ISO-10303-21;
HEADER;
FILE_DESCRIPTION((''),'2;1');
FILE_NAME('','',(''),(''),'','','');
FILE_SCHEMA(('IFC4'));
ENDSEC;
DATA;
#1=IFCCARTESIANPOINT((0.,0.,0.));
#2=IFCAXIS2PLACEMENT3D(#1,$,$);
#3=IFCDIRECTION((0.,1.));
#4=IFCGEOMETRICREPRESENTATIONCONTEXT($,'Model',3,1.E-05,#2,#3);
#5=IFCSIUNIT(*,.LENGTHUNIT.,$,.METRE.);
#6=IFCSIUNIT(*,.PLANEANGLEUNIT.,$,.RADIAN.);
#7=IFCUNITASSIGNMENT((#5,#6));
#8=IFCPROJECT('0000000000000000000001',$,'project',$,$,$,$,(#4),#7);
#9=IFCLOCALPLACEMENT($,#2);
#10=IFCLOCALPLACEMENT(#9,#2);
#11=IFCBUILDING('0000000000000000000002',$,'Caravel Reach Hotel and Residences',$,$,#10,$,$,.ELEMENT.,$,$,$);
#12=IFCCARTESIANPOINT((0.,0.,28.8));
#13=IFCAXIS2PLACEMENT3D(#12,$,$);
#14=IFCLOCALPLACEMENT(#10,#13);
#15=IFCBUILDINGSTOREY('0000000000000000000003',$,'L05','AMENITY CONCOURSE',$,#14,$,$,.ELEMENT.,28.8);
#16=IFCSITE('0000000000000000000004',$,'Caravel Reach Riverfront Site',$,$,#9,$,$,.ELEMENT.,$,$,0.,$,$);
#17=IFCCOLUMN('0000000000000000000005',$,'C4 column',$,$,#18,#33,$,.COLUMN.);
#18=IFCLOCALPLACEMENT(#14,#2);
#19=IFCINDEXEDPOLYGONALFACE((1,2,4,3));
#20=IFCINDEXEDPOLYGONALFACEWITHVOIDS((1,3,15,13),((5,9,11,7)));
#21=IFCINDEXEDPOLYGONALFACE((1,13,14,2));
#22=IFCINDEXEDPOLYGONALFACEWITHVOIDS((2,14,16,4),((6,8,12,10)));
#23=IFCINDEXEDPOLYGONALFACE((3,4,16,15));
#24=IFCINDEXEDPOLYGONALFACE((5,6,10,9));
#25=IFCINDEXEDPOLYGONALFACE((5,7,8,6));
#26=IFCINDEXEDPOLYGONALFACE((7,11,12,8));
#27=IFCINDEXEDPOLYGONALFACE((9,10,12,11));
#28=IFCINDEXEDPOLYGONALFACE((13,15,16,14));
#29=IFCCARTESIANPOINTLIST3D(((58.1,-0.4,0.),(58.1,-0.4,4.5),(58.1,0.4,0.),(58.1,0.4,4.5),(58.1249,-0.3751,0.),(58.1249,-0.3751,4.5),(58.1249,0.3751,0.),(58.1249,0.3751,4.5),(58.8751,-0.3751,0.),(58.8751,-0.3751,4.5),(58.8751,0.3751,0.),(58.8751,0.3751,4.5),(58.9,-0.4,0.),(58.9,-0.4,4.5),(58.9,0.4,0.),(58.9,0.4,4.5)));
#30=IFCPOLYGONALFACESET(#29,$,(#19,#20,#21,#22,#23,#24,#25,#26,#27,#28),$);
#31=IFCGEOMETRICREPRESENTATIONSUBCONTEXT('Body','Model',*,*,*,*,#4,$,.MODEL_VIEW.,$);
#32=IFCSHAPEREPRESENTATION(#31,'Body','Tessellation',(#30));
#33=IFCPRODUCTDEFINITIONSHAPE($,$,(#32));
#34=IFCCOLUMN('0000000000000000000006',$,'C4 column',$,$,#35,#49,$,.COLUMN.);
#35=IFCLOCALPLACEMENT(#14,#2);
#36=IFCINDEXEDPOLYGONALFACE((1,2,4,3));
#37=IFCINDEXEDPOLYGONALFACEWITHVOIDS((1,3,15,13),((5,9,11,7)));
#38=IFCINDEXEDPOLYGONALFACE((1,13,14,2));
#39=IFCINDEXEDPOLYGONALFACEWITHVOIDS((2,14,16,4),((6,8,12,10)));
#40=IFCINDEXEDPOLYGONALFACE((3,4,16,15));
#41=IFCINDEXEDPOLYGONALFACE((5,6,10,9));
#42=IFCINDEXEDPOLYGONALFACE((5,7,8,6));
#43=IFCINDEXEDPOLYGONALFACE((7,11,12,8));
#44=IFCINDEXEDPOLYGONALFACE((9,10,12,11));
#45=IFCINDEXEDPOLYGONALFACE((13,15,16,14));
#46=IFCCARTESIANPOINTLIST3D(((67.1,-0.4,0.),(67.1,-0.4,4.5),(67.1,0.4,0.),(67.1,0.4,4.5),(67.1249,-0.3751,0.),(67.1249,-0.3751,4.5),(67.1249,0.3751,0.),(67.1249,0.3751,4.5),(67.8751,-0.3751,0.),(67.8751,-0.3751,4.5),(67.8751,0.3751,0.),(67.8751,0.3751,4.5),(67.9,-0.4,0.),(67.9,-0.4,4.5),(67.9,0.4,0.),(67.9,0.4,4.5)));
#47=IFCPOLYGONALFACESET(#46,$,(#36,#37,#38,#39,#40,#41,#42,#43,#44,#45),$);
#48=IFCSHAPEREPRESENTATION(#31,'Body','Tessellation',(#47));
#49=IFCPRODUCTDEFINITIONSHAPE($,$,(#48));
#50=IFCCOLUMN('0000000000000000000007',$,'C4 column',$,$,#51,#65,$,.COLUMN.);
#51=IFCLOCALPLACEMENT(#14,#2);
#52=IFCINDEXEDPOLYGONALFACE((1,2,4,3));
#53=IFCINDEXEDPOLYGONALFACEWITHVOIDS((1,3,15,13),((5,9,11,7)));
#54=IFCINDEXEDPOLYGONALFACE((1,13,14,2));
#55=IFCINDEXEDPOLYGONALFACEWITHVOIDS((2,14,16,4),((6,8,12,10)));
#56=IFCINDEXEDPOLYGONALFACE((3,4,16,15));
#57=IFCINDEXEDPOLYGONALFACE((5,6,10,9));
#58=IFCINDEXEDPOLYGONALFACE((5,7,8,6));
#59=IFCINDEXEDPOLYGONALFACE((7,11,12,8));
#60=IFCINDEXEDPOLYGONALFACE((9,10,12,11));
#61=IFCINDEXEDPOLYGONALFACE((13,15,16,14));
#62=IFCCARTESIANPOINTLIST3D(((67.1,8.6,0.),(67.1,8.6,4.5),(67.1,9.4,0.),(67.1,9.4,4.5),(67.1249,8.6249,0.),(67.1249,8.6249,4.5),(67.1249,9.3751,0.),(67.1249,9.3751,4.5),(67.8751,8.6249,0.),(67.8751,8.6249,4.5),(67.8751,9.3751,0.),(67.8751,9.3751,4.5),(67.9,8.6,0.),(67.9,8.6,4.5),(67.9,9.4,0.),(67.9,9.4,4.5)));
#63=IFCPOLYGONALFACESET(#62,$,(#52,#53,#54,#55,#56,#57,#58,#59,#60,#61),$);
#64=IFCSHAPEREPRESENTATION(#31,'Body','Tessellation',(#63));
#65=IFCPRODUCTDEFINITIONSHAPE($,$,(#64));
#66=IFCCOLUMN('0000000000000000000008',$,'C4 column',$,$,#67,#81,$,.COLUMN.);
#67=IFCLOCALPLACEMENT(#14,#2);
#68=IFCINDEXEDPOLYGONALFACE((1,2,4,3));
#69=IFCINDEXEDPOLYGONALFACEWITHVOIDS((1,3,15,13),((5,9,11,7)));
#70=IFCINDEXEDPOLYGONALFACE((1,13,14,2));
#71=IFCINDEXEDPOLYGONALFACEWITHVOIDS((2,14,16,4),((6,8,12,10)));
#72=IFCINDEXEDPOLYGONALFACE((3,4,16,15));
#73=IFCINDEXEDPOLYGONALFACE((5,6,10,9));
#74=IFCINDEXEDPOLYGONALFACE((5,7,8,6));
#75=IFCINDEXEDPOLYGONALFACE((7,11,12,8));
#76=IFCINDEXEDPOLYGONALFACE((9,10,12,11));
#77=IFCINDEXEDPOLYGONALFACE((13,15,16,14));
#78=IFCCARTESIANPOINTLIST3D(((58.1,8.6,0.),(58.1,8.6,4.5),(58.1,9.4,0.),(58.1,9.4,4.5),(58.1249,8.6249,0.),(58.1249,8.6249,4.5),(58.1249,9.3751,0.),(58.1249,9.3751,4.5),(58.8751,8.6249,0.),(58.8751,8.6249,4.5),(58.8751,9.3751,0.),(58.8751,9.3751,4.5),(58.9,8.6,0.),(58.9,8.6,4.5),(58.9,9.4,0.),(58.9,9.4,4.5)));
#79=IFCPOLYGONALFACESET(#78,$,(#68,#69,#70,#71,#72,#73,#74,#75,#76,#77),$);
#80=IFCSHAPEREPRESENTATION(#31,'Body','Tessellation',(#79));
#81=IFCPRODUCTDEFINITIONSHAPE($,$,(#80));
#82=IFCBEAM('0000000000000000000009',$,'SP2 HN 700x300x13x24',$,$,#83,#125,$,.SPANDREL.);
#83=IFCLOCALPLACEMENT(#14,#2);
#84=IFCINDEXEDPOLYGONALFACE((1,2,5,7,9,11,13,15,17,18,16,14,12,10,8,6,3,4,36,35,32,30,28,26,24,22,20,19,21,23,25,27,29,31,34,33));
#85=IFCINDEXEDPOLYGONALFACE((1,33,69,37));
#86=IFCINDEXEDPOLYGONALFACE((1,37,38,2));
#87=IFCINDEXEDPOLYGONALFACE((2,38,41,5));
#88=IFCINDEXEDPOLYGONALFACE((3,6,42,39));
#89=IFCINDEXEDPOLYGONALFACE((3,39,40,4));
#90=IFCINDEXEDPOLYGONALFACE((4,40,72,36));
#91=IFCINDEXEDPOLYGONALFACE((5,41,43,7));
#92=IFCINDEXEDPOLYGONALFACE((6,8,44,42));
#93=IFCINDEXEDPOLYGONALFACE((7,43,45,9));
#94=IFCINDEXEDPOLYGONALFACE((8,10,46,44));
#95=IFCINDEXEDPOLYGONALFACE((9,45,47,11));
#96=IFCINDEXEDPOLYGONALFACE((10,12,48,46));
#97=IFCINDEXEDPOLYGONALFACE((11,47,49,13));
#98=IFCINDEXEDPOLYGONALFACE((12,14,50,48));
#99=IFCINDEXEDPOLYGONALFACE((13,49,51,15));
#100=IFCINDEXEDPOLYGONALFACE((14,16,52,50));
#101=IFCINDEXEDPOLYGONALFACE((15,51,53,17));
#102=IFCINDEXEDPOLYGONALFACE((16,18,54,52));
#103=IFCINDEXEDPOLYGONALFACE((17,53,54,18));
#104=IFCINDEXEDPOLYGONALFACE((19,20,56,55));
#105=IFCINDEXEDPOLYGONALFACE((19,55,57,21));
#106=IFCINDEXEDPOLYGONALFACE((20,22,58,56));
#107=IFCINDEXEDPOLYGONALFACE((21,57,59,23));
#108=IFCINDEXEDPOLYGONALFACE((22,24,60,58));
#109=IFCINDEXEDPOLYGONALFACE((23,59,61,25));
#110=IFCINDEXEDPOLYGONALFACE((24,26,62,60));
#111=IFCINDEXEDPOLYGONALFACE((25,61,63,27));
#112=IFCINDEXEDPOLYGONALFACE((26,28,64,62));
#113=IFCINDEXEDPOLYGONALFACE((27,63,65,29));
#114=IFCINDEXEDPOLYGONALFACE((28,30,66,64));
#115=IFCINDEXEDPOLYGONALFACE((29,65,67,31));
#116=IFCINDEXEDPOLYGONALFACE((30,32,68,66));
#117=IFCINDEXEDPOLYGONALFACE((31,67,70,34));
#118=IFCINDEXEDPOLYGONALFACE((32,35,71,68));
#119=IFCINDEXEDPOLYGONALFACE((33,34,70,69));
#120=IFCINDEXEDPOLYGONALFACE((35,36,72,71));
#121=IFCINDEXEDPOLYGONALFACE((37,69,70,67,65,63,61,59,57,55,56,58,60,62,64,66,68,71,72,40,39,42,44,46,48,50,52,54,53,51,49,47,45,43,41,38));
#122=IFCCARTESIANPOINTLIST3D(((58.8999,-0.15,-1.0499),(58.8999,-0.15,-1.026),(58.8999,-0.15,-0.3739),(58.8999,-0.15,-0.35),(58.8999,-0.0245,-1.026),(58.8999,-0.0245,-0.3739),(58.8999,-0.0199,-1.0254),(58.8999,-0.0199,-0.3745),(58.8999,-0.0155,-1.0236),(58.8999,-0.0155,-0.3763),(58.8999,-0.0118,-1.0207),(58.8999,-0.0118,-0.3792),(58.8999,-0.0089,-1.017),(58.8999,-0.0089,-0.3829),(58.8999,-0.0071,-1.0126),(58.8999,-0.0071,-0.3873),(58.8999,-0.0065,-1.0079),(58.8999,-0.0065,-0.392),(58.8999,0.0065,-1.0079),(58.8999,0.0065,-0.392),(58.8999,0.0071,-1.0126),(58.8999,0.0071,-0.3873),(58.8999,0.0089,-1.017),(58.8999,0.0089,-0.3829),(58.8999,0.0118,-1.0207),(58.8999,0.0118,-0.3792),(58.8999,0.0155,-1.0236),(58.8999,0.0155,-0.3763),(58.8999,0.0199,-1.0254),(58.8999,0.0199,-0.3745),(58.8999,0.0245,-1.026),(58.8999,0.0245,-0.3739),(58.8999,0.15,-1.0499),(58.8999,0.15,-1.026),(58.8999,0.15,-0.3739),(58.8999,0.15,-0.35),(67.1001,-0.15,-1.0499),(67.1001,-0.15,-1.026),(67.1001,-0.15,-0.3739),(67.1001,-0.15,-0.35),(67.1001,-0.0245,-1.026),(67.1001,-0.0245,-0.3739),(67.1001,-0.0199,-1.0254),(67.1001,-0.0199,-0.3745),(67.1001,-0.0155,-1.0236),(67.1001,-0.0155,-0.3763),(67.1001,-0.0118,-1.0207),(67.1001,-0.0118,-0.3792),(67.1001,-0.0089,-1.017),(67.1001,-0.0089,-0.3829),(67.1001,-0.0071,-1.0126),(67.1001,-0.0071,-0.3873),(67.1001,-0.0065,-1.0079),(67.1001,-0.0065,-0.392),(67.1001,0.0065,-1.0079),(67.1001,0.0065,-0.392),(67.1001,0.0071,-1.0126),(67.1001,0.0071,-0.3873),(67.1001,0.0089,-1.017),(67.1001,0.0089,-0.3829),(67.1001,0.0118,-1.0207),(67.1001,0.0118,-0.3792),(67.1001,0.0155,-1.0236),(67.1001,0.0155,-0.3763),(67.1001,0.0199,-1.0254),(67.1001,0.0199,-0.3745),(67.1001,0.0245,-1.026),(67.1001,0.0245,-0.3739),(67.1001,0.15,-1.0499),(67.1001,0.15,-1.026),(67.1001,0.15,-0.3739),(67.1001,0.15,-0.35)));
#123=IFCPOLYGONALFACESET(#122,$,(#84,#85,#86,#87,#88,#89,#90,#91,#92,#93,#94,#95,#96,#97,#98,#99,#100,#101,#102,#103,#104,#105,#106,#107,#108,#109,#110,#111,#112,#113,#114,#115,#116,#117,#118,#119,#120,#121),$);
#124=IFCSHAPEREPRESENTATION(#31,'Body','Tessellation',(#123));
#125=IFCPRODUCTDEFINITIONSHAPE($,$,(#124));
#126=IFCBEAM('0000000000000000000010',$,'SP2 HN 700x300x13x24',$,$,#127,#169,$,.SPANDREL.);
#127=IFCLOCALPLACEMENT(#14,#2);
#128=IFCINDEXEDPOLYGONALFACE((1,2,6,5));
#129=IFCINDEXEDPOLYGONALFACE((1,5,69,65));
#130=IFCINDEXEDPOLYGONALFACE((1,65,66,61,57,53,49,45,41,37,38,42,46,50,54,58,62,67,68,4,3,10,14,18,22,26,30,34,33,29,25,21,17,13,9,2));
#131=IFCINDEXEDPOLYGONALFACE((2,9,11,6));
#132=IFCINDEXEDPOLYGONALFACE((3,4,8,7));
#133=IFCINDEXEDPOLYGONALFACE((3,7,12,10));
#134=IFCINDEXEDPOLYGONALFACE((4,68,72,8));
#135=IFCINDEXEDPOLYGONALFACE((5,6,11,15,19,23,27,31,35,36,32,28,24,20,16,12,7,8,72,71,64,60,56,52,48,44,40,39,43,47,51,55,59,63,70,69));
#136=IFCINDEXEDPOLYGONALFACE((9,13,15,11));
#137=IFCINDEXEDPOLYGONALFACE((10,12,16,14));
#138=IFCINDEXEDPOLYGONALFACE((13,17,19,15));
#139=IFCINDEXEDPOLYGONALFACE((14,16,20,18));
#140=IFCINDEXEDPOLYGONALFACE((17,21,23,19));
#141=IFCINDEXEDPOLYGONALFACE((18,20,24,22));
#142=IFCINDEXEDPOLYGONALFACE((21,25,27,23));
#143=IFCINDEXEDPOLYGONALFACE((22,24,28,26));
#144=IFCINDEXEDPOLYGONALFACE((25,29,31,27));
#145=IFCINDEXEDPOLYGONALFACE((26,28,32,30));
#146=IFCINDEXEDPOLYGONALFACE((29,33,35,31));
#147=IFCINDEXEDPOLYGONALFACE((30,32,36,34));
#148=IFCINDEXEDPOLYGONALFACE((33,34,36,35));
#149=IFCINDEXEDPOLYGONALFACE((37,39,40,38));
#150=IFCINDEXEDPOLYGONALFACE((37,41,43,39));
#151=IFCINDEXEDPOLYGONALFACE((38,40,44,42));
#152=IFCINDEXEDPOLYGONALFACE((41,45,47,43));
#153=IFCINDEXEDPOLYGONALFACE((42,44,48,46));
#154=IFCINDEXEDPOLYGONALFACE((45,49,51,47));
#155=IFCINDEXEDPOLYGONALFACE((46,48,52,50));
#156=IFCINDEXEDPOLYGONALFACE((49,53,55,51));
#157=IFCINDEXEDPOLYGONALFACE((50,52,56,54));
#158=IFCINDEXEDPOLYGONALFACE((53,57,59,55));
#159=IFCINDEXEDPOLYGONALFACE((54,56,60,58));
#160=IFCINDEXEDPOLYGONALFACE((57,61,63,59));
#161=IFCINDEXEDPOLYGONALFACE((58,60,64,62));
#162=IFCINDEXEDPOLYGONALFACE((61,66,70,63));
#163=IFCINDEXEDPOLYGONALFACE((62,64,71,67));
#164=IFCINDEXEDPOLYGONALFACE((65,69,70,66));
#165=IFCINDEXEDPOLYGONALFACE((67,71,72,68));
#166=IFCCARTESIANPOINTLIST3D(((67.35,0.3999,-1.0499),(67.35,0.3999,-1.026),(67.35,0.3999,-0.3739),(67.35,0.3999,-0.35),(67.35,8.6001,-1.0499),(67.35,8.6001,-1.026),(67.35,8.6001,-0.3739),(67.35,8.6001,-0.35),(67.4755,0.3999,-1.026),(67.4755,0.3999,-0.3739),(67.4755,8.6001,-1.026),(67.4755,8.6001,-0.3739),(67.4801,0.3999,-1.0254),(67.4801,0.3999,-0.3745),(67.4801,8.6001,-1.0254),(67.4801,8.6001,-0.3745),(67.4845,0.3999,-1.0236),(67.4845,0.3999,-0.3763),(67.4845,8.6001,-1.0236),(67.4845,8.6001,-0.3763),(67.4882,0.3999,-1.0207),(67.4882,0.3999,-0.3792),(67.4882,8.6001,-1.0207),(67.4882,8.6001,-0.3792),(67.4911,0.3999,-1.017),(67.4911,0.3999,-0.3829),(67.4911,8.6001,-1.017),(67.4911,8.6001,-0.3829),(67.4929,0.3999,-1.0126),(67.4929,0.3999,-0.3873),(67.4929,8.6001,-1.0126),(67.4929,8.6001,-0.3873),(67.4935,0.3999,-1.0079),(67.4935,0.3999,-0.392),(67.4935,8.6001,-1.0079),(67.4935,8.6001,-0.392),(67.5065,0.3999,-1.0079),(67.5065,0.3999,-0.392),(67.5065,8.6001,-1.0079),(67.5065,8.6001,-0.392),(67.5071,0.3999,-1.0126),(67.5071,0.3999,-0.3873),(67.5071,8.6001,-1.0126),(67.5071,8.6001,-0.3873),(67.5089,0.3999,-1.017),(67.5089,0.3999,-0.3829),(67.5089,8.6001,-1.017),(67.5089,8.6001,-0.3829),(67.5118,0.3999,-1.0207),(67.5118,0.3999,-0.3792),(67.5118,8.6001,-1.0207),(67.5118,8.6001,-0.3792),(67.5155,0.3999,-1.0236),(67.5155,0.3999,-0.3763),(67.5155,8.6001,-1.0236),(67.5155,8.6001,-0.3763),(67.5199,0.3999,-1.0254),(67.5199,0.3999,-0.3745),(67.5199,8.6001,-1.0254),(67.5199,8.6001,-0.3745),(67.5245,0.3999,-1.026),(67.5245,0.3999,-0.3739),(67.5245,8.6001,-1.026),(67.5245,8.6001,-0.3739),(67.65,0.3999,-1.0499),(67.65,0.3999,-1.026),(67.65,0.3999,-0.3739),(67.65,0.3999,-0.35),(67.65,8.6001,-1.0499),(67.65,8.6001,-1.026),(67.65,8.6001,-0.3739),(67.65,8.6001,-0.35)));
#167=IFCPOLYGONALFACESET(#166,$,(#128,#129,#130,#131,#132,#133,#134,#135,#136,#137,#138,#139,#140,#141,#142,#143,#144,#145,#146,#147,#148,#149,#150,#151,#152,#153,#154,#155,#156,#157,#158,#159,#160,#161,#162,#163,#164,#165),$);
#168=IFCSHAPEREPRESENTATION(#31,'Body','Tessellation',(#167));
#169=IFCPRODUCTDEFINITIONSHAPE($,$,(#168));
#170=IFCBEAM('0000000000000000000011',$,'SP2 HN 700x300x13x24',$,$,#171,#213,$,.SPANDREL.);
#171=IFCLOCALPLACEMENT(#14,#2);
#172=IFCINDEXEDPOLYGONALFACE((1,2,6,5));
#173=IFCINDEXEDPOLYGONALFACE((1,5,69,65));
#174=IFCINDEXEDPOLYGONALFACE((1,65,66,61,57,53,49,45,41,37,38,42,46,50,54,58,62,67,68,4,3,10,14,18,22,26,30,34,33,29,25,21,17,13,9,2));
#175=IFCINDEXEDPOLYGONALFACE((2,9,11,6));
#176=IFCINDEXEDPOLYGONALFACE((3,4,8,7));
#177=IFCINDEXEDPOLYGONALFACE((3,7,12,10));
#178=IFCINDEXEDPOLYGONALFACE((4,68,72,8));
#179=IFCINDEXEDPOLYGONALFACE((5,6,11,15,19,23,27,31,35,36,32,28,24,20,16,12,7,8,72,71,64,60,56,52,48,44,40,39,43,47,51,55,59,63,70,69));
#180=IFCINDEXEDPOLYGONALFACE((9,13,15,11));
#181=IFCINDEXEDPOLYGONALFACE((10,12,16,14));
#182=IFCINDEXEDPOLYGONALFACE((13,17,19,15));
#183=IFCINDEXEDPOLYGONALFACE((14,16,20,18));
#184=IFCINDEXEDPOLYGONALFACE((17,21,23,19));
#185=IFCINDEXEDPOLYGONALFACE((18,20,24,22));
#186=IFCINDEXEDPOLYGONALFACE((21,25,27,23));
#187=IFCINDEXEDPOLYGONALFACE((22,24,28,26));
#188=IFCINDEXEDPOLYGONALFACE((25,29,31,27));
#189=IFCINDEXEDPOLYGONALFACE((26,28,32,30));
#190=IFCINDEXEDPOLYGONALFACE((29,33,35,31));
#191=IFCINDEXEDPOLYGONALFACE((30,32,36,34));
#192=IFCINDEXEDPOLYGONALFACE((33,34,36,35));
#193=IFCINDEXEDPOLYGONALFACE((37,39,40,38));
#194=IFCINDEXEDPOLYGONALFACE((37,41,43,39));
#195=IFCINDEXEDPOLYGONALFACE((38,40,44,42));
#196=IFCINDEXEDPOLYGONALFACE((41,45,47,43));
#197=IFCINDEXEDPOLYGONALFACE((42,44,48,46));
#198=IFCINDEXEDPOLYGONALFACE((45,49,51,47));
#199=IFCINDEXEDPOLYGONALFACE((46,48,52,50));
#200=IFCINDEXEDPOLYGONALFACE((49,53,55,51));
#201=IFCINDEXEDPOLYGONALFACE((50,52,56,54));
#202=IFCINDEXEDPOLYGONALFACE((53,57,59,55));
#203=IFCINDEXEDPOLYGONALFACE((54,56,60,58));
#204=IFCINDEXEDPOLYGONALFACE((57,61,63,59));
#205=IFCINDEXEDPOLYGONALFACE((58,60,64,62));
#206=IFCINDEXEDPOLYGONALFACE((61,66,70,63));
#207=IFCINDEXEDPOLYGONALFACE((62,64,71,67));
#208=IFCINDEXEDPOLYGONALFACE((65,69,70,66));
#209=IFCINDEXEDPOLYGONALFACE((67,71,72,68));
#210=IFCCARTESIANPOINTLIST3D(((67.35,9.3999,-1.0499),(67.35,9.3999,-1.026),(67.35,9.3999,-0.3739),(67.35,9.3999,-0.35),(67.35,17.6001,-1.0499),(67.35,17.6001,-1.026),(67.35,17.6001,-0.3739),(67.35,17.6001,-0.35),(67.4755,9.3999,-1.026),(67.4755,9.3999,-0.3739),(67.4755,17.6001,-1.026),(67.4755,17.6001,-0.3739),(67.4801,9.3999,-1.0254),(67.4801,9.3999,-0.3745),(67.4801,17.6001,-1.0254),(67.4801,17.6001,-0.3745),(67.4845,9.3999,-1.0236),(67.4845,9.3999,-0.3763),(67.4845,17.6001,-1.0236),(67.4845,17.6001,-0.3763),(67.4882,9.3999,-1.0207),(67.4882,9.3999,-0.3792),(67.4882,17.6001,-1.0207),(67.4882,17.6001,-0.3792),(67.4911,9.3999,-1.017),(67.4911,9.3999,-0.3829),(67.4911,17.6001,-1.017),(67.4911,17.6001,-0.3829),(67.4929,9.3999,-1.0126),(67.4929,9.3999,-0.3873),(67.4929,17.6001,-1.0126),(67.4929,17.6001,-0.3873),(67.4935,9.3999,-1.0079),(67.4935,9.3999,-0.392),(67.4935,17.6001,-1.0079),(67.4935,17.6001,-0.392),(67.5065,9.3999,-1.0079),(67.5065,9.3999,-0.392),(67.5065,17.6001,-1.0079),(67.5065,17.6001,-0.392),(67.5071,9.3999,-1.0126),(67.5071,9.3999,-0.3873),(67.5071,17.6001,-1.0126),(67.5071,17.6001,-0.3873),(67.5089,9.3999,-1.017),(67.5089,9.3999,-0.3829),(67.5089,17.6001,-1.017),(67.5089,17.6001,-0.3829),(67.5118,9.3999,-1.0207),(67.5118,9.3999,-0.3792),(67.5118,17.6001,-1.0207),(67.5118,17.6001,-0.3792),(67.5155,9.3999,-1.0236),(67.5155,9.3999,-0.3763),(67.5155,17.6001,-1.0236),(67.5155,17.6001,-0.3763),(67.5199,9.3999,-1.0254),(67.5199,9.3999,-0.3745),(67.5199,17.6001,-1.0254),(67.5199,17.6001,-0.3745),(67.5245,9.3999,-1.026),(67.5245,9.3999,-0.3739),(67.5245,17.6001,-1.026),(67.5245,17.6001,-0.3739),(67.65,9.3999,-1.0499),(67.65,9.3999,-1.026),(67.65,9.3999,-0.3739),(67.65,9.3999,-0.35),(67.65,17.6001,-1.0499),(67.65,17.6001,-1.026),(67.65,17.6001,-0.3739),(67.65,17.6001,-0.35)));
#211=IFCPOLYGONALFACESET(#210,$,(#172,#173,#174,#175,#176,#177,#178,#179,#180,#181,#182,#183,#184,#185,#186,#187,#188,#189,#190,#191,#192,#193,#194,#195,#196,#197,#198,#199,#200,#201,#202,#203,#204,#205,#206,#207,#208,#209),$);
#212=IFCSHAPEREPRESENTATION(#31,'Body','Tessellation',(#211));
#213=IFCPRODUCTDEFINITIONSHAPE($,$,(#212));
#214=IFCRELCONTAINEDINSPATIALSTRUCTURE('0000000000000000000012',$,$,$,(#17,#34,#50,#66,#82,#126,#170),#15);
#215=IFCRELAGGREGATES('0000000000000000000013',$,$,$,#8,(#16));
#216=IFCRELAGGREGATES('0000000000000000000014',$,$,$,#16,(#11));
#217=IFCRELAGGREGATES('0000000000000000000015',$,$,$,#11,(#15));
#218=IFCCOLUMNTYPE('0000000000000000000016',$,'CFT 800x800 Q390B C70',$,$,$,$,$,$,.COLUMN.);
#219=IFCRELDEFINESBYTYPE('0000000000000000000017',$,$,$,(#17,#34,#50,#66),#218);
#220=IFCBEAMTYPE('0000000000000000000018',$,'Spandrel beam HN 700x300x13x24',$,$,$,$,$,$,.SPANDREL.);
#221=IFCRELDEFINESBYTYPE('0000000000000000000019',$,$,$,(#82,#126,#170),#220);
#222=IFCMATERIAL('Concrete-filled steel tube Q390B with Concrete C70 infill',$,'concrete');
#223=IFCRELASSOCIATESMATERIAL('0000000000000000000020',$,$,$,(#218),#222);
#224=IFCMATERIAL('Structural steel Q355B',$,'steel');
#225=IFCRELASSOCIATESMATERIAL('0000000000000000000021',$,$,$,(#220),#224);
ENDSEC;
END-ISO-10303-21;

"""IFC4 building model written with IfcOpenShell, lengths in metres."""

from ifc_helpers import new_model, si_unit, direction, frame, origin, origin_2d, place, context, subcontext, project, spatial, hollow_rectangle, i_section, extrude, material, material_profile, profile_set, type_object, element, save


model = new_model("IFC4")

# Units and contexts
model_context = context("Model", 3, precision=1e-05, world=origin(), true_north=direction((0.0, 1.0)))
body_context = subcontext(model_context, "Body", "Model", "MODEL_VIEW")
ifc_project = project(units=[si_unit("LENGTHUNIT", "METRE"), si_unit("PLANEANGLEUNIT", "RADIAN")], contexts=[model_context])

# Site, building, storey
site_placement = place(None, origin())
site = spatial("IfcSite", under=ifc_project, at=site_placement, Name="Caravel Reach Riverfront Site", CompositionType="ELEMENT", RefElevation=0.0)
building_placement = place(site_placement, origin())
building = spatial("IfcBuilding", under=site, at=building_placement, Name="Caravel Reach Hotel and Residences", CompositionType="ELEMENT")
storey_placement = place(building_placement, frame((0.0, 0.0, 28.8)))
storey = spatial("IfcBuildingStorey", under=building, at=storey_placement, Name="L05", Description="AMENITY CONCOURSE", CompositionType="ELEMENT", Elevation=28.8)

# Columns
ifc_material_1 = material(Name="Concrete-filled steel tube Q390B with Concrete C70 infill", Category="concrete")
ifc_material_profile_1 = material_profile(ifc_material_1, hollow_rectangle(XDim=0.8, YDim=0.8, WallThickness=0.0249, at=origin_2d()), Name="RHS 800x800x25")
ifc_profile_set_1 = profile_set([ifc_material_profile_1], Name="Concrete-filled steel tube Q390B with Concrete C70 infill")
column_type = type_object("IfcColumnType", Name="CFT 800x800 Q390B C70", PredefinedType="COLUMN", material=ifc_profile_set_1)
for number, where, z_axis, x_axis, name in (
    (1, (58.5, 0.0, 0.0), (0.0, 0.0, 1.0), (1.0, 0.0, 0.0), "C4 column"),
    (2, (67.5, 0.0, 0.0), (0.0, 0.0, 1.0), (1.0, 0.0, 0.0), "C4 column"),
    (3, (67.5, 9.0, 0.0), (0.0, 0.0, 1.0), (1.0, 0.0, 0.0), "C4 column"),
    (4, (58.5, 9.0, 0.0), (0.0, 0.0, 1.0), (1.0, 0.0, 0.0), "C4 column"),
):
    element("IfcColumn", number, at=place(storey_placement, frame(where, z_axis=z_axis, x_axis=x_axis)), inside=storey, type_object=column_type, Name=name, PredefinedType="COLUMN", context=body_context, shape_type="SweptSolid", body=[
        extrude(hollow_rectangle(XDim=0.8, YDim=0.8, WallThickness=0.0249, at=origin_2d()), origin(), (0.0, 0.0, 1.0), 4.5),
    ])

# Beams
ifc_material_2 = material(Name="Structural steel Q355B", Category="steel")
ifc_material_profile_2 = material_profile(ifc_material_2, i_section(OverallWidth=0.3, OverallDepth=0.7, WebThickness=0.0129, FlangeThickness=0.0239, FilletRadius=0.0181, at=origin_2d()), Name="HN 700x300x13x24")
ifc_profile_set_2 = profile_set([ifc_material_profile_2], Name="Structural steel Q355B")
beam_type = type_object("IfcBeamType", Name="Spandrel beam HN 700x300x13x24", PredefinedType="SPANDREL", material=ifc_profile_set_2)
for number, where, z_axis, x_axis, name in (
    (5, (58.8999, 0.0, -0.7), (1.0, 0.0, 0.0), (0.0, 1.0, 0.0), "SP2 HN 700x300x13x24"),
    (6, (67.5, 0.3999, -0.7), (0.0, 1.0, 0.0), (-1.0, 0.0, 0.0), "SP2 HN 700x300x13x24"),
    (7, (67.5, 9.3999, -0.7), (0.0, 1.0, 0.0), (-1.0, 0.0, 0.0), "SP2 HN 700x300x13x24"),
):
    element("IfcBeam", number, at=place(storey_placement, frame(where, z_axis=z_axis, x_axis=x_axis)), inside=storey, type_object=beam_type, Name=name, PredefinedType="SPANDREL", context=body_context, shape_type="SweptSolid", body=[
        extrude(i_section(OverallWidth=0.3, OverallDepth=0.7, WebThickness=0.0129, FlangeThickness=0.0239, FilletRadius=0.0181, at=origin_2d()), origin(), (0.0, 0.0, 1.0), 8.2002),
    ])

save(model, "model.ifc")
